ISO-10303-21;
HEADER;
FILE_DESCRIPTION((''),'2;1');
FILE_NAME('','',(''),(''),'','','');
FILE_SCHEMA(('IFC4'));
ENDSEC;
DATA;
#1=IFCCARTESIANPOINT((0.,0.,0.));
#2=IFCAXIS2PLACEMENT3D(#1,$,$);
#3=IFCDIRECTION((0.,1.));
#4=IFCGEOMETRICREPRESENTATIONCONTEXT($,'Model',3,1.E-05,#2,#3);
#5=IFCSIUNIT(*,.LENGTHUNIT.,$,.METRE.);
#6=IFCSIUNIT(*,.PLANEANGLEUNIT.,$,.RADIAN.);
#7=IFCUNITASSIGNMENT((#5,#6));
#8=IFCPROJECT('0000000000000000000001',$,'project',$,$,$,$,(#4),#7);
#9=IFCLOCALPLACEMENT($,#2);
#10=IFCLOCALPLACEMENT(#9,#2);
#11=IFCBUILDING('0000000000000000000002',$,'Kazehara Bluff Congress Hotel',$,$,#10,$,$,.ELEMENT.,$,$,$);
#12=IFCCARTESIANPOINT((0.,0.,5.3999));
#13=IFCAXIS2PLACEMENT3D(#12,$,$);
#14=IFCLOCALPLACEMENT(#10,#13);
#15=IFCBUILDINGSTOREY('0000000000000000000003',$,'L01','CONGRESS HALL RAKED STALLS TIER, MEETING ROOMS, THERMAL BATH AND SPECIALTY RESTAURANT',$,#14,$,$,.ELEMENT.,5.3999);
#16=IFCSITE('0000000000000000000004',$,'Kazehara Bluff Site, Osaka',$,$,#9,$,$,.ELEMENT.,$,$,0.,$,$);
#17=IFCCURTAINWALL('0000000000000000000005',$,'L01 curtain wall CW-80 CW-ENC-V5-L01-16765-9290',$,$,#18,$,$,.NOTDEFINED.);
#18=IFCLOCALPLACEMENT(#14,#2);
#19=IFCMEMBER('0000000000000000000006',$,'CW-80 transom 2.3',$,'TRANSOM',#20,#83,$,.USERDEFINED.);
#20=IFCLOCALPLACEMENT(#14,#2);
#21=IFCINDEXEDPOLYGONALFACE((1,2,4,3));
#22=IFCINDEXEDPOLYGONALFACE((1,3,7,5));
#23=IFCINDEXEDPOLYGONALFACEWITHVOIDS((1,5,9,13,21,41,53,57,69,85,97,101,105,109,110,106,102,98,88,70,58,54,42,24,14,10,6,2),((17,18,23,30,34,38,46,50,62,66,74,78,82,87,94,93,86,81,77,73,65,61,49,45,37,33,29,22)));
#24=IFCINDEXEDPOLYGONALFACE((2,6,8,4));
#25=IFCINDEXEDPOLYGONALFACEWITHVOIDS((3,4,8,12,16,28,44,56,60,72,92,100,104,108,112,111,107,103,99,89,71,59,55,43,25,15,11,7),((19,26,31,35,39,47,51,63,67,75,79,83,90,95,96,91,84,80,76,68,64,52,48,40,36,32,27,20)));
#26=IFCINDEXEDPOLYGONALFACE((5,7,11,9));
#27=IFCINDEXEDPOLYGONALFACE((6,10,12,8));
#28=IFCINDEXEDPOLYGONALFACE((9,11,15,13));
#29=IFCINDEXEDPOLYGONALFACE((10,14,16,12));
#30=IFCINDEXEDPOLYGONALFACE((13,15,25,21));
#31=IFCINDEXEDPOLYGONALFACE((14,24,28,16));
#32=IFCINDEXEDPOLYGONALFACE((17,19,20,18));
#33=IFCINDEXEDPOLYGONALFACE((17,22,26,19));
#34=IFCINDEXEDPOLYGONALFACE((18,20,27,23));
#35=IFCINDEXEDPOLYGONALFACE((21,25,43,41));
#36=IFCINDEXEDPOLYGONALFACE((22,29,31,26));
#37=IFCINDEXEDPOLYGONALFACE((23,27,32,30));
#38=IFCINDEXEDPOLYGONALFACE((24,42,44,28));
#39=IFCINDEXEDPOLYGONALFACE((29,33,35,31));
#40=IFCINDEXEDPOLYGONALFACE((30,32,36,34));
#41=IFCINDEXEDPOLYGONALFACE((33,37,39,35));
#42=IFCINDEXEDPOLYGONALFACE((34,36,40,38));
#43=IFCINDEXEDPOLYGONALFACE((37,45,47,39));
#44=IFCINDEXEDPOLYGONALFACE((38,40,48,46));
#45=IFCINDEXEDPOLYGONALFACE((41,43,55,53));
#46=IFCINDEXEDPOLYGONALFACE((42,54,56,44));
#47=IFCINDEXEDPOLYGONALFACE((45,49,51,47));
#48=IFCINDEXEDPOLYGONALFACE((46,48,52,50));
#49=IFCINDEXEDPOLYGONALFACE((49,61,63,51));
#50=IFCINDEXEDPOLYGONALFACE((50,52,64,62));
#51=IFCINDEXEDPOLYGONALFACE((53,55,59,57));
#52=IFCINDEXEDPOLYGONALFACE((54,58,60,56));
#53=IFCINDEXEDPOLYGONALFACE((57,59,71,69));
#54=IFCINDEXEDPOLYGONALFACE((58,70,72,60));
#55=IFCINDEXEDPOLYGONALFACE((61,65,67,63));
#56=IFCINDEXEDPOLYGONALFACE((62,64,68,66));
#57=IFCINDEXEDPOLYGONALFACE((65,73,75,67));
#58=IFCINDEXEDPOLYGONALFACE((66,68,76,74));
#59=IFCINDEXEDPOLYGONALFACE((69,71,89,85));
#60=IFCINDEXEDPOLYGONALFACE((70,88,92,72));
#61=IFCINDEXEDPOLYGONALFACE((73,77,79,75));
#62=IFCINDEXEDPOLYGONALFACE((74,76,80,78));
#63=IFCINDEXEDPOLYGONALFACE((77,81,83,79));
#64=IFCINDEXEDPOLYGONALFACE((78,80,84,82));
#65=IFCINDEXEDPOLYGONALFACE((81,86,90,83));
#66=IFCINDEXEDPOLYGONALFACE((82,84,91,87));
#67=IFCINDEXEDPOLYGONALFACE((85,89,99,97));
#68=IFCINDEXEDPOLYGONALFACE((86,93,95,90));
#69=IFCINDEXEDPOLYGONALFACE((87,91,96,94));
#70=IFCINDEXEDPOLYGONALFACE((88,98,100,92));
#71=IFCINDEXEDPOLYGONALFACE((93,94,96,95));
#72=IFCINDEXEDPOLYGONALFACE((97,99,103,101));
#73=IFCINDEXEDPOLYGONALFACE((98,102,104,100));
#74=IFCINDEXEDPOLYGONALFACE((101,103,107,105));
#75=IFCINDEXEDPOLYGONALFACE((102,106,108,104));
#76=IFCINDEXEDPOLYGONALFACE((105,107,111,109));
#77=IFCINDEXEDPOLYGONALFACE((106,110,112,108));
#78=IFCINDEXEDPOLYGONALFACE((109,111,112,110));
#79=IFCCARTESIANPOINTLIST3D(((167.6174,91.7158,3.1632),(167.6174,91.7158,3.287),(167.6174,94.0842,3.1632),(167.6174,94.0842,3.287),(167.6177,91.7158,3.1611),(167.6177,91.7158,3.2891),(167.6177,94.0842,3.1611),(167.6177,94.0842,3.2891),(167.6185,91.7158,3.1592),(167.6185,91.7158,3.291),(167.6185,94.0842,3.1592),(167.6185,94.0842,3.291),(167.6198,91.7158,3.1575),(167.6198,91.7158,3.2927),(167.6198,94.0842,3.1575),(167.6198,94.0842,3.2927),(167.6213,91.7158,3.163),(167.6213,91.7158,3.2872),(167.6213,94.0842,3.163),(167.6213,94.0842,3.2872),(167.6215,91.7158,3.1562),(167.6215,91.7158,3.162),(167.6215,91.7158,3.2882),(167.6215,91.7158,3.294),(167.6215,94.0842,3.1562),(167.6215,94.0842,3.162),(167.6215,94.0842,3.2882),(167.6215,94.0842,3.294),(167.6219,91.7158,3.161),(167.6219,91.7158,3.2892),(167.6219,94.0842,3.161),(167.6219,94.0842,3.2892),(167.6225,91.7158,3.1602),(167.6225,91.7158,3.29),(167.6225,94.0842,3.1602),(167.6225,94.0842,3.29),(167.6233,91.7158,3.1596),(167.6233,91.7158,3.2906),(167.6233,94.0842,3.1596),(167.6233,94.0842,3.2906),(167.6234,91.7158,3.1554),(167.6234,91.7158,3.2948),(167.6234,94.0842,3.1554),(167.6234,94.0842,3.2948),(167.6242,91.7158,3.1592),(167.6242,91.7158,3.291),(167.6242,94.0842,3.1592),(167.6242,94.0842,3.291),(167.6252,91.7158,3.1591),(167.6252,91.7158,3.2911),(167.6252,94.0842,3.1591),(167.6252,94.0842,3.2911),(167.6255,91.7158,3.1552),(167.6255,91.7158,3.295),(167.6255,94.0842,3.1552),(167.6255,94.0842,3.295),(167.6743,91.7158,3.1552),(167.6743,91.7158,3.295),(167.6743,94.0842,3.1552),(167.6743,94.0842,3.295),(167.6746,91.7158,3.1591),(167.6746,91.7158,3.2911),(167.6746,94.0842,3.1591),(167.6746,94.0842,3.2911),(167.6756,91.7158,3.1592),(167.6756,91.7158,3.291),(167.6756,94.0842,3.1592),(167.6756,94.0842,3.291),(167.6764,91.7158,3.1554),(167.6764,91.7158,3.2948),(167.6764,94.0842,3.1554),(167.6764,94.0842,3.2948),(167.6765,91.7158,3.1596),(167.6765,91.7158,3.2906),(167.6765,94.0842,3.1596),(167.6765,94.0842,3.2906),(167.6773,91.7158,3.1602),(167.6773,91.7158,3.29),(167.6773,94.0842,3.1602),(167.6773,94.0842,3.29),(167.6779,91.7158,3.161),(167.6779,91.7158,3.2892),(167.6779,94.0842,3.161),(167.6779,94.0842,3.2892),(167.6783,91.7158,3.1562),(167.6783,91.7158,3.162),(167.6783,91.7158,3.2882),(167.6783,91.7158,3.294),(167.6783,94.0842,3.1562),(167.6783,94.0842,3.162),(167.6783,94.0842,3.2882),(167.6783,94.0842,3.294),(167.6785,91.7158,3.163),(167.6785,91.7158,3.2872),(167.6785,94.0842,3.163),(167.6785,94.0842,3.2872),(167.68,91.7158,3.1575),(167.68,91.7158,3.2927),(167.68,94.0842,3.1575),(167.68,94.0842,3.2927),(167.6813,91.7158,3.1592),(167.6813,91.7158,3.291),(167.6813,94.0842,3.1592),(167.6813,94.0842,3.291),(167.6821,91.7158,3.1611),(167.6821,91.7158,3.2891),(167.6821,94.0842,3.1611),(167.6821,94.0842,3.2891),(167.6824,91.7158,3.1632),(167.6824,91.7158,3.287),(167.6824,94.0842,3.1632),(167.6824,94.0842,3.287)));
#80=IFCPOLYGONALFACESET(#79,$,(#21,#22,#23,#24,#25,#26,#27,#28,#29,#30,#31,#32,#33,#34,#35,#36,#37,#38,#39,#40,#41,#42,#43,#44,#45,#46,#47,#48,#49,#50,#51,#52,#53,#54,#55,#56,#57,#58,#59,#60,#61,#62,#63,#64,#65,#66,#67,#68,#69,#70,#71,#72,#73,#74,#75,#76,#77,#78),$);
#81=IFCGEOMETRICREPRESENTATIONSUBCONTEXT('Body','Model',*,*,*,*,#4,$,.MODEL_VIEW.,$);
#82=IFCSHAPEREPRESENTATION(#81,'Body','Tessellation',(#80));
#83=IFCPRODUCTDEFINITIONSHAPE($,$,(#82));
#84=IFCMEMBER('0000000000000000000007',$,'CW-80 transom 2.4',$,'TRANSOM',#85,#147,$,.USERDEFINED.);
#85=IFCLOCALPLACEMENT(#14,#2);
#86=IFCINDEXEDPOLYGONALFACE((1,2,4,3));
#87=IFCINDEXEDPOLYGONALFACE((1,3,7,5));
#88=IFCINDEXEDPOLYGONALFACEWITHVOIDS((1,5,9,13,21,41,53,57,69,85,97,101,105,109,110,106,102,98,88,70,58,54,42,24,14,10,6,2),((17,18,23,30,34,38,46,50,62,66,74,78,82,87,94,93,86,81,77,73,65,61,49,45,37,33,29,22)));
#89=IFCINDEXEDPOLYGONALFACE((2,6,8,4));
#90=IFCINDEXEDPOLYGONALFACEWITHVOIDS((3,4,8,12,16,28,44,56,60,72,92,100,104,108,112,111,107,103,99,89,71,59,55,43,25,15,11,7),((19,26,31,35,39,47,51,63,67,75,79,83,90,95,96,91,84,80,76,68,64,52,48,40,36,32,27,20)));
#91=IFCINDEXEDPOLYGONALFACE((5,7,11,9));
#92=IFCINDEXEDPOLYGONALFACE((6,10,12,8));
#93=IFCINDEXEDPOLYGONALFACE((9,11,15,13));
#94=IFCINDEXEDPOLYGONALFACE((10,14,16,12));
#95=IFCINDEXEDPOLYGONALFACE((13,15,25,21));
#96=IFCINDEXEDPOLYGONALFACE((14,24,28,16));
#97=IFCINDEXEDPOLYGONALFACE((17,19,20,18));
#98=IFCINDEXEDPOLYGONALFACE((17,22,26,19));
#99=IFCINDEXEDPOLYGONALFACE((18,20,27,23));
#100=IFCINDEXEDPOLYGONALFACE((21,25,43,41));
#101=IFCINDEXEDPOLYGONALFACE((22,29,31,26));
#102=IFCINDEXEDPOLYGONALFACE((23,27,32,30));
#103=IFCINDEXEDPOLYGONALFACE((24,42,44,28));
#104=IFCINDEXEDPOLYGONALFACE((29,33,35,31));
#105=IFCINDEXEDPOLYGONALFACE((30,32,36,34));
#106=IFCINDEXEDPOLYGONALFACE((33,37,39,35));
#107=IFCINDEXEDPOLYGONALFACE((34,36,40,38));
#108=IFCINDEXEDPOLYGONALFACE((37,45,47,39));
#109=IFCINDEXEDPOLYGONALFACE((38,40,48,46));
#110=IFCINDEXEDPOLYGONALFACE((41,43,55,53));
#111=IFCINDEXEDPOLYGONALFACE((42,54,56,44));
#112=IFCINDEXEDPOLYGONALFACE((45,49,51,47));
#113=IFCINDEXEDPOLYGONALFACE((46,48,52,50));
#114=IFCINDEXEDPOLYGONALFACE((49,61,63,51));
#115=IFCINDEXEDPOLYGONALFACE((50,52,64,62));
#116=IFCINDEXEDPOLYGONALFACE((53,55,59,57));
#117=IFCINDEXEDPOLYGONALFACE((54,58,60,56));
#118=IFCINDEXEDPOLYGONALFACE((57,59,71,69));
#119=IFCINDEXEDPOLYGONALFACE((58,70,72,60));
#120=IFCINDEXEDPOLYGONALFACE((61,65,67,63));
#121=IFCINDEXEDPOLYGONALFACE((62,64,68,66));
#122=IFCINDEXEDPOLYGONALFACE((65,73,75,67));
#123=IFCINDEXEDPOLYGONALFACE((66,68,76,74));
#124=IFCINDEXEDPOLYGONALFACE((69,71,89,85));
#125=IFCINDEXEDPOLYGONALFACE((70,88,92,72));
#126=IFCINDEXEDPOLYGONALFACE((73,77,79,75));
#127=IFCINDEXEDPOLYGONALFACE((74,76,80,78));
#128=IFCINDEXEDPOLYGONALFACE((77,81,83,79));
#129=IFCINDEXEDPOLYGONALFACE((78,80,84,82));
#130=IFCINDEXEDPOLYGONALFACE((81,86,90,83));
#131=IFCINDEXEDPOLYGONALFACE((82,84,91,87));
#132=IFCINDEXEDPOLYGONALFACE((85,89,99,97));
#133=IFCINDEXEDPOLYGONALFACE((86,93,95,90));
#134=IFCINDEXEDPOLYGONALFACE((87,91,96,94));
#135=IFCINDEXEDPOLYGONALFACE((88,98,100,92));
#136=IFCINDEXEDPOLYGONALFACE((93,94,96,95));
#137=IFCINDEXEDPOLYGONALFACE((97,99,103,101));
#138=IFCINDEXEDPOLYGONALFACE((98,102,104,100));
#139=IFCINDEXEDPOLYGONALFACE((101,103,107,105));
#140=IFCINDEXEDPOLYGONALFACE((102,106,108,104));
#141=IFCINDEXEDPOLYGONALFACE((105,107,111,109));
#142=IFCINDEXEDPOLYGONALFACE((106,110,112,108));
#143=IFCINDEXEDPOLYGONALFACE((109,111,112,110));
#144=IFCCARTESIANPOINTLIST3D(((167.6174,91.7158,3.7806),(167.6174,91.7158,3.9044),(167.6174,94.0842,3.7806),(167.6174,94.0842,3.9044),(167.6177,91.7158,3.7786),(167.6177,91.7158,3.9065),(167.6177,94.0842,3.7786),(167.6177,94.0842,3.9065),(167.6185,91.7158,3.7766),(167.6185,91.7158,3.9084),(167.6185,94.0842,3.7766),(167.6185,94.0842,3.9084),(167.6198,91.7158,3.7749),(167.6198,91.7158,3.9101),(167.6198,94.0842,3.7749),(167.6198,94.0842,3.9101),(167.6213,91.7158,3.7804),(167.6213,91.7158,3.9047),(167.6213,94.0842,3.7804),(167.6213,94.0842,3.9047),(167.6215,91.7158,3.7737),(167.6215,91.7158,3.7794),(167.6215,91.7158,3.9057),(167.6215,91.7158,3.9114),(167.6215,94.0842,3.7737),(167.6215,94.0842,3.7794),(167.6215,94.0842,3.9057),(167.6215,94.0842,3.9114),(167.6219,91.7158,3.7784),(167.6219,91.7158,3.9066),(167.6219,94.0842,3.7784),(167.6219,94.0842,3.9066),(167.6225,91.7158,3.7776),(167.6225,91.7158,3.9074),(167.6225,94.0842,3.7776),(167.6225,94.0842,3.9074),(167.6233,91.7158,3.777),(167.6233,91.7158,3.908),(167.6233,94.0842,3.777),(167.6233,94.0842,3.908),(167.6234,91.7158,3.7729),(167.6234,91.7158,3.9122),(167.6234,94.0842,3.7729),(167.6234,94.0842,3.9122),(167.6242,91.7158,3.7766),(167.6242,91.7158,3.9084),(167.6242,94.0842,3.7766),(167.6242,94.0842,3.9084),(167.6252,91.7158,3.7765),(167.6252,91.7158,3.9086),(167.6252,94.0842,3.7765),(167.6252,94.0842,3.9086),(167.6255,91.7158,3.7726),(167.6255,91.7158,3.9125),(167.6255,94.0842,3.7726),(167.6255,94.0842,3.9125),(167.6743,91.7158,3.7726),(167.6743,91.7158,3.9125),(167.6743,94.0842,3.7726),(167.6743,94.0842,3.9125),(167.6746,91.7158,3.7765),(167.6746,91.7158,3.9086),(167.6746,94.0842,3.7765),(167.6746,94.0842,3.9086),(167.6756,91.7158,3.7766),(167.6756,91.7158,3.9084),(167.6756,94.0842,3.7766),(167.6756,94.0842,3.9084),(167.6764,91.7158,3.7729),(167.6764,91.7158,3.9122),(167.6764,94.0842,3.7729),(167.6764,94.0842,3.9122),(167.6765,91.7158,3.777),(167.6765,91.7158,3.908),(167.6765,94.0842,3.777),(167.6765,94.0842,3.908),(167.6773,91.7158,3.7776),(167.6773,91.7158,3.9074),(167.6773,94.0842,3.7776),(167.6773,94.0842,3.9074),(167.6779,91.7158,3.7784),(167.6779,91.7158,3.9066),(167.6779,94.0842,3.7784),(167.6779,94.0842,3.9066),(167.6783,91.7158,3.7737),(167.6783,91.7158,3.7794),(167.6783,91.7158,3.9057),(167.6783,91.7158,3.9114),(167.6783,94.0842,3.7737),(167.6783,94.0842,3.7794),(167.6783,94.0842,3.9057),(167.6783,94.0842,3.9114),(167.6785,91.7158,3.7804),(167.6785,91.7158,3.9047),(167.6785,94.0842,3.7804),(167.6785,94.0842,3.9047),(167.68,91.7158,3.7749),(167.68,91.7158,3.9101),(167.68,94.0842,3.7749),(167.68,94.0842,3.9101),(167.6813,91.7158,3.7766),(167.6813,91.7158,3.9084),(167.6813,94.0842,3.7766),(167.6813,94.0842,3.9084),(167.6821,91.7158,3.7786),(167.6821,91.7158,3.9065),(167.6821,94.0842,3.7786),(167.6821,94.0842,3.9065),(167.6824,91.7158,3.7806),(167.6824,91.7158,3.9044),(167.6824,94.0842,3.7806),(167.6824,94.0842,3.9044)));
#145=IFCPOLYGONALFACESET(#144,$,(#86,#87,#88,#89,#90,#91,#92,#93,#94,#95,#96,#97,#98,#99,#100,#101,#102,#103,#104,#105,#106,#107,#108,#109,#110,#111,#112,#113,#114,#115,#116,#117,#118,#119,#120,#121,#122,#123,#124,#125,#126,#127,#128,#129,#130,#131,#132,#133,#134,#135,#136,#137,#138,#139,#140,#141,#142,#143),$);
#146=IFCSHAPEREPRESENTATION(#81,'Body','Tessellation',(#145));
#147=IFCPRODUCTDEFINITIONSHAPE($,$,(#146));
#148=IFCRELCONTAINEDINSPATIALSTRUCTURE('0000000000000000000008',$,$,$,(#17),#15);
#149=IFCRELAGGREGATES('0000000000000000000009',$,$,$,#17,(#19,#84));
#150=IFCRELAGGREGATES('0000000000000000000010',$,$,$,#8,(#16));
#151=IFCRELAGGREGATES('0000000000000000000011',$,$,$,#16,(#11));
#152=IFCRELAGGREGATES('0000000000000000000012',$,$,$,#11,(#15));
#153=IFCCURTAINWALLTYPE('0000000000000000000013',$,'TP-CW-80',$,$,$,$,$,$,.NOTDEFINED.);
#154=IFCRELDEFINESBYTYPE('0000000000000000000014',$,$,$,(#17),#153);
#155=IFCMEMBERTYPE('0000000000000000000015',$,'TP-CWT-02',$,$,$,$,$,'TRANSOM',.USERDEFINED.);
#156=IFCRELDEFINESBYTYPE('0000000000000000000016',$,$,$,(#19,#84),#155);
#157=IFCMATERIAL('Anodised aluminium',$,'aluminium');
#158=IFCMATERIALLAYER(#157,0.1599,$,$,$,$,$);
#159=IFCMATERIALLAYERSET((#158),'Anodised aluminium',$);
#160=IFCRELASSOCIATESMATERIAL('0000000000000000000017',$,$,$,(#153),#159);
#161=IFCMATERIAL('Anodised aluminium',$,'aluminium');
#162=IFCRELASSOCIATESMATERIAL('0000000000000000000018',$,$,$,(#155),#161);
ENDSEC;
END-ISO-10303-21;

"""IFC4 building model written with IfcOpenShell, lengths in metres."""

from ifc_helpers import new_model, si_unit, direction, frame, origin, origin_2d, place, context, subcontext, project, spatial, hollow_rectangle, extrude, material, layer, layer_set, material_profile, profile_set, type_object, element, aggregate, save


model = new_model("IFC4")

# Units and contexts
model_context = context("Model", 3, precision=1e-05, world=origin(), true_north=direction((0.0, 1.0)))
body_context = subcontext(model_context, "Body", "Model", "MODEL_VIEW")
ifc_project = project(units=[si_unit("LENGTHUNIT", "METRE"), si_unit("PLANEANGLEUNIT", "RADIAN")], contexts=[model_context])

# Site, building, storey
site_placement = place(None, origin())
site = spatial("IfcSite", under=ifc_project, at=site_placement, Name="Kazehara Bluff Site, Osaka", CompositionType="ELEMENT", RefElevation=0.0)
building_placement = place(site_placement, origin())
building = spatial("IfcBuilding", under=site, at=building_placement, Name="Kazehara Bluff Congress Hotel", CompositionType="ELEMENT")
storey_placement = place(building_placement, frame((0.0, 0.0, 5.3999)))
storey = spatial("IfcBuildingStorey", under=building, at=storey_placement, Name="L01", Description="CONGRESS HALL RAKED STALLS TIER, MEETING ROOMS, THERMAL BATH AND SPECIALTY RESTAURANT", CompositionType="ELEMENT", Elevation=5.3999)

# Curtain wall
ifc_material_1 = material(Name="Anodised aluminium", Category="aluminium")
ifc_layer_1 = layer(ifc_material_1, 0.1599)
ifc_layer_set_1 = layer_set([ifc_layer_1], Name="Anodised aluminium")
curtain_wall_type_1 = type_object("IfcCurtainWallType", Name="TP-CW-80", PredefinedType="NOTDEFINED", material=ifc_layer_set_1)
curtain_wall_1_placement = place(storey_placement, origin())
curtain_wall_1 = element("IfcCurtainWall", 1, at=curtain_wall_1_placement, inside=storey, type_object=curtain_wall_type_1, Name="L01 curtain wall CW-80 CW-ENC-V5-L01-16765-9290", PredefinedType="NOTDEFINED")

# Members
ifc_material_2 = material(Name="Anodised aluminium", Category="aluminium")
ifc_material_profile_1 = material_profile(ifc_material_2, hollow_rectangle(XDim=0.0649, YDim=0.1399, WallThickness=0.0039, InnerFilletRadius=0.0039, OuterFilletRadius=0.0081, at=origin_2d()))
ifc_profile_set_1 = profile_set([ifc_material_profile_1], Name="Anodised aluminium")
member_type_1 = type_object("IfcMemberType", Name="TP-CWT-02", ElementType="TRANSOM", PredefinedType="USERDEFINED", material=ifc_profile_set_1)
member_1_placement = place(storey_placement, frame((167.6499, 94.0842, 3.2251), z_axis=(0.0, -1.0, 0.0), x_axis=(1.0, 0.0, 0.0)))
member_1 = element("IfcMember", 2, at=member_1_placement, type_object=member_type_1, Name="CW-80 transom 2.3", ObjectType="TRANSOM", PredefinedType="USERDEFINED", context=body_context, shape_type="SweptSolid", body=[
    extrude(hollow_rectangle(XDim=0.0649, YDim=0.1399, WallThickness=0.0039, InnerFilletRadius=0.0039, OuterFilletRadius=0.0081, at=origin_2d()), origin(), (0.0, 0.0, 1.0), 2.3684),
])
member_2_placement = place(storey_placement, frame((167.6499, 94.0842, 3.8425), z_axis=(0.0, -1.0, 0.0), x_axis=(1.0, 0.0, 0.0)))
member_2 = element("IfcMember", 3, at=member_2_placement, type_object=member_type_1, Name="CW-80 transom 2.4", ObjectType="TRANSOM", PredefinedType="USERDEFINED", context=body_context, shape_type="SweptSolid", body=[
    extrude(hollow_rectangle(XDim=0.0649, YDim=0.1399, WallThickness=0.0039, InnerFilletRadius=0.0039, OuterFilletRadius=0.0081, at=origin_2d()), origin(), (0.0, 0.0, 1.0), 2.3684),
])

aggregate(curtain_wall_1, [member_1, member_2])

save(model, "model.ifc")
